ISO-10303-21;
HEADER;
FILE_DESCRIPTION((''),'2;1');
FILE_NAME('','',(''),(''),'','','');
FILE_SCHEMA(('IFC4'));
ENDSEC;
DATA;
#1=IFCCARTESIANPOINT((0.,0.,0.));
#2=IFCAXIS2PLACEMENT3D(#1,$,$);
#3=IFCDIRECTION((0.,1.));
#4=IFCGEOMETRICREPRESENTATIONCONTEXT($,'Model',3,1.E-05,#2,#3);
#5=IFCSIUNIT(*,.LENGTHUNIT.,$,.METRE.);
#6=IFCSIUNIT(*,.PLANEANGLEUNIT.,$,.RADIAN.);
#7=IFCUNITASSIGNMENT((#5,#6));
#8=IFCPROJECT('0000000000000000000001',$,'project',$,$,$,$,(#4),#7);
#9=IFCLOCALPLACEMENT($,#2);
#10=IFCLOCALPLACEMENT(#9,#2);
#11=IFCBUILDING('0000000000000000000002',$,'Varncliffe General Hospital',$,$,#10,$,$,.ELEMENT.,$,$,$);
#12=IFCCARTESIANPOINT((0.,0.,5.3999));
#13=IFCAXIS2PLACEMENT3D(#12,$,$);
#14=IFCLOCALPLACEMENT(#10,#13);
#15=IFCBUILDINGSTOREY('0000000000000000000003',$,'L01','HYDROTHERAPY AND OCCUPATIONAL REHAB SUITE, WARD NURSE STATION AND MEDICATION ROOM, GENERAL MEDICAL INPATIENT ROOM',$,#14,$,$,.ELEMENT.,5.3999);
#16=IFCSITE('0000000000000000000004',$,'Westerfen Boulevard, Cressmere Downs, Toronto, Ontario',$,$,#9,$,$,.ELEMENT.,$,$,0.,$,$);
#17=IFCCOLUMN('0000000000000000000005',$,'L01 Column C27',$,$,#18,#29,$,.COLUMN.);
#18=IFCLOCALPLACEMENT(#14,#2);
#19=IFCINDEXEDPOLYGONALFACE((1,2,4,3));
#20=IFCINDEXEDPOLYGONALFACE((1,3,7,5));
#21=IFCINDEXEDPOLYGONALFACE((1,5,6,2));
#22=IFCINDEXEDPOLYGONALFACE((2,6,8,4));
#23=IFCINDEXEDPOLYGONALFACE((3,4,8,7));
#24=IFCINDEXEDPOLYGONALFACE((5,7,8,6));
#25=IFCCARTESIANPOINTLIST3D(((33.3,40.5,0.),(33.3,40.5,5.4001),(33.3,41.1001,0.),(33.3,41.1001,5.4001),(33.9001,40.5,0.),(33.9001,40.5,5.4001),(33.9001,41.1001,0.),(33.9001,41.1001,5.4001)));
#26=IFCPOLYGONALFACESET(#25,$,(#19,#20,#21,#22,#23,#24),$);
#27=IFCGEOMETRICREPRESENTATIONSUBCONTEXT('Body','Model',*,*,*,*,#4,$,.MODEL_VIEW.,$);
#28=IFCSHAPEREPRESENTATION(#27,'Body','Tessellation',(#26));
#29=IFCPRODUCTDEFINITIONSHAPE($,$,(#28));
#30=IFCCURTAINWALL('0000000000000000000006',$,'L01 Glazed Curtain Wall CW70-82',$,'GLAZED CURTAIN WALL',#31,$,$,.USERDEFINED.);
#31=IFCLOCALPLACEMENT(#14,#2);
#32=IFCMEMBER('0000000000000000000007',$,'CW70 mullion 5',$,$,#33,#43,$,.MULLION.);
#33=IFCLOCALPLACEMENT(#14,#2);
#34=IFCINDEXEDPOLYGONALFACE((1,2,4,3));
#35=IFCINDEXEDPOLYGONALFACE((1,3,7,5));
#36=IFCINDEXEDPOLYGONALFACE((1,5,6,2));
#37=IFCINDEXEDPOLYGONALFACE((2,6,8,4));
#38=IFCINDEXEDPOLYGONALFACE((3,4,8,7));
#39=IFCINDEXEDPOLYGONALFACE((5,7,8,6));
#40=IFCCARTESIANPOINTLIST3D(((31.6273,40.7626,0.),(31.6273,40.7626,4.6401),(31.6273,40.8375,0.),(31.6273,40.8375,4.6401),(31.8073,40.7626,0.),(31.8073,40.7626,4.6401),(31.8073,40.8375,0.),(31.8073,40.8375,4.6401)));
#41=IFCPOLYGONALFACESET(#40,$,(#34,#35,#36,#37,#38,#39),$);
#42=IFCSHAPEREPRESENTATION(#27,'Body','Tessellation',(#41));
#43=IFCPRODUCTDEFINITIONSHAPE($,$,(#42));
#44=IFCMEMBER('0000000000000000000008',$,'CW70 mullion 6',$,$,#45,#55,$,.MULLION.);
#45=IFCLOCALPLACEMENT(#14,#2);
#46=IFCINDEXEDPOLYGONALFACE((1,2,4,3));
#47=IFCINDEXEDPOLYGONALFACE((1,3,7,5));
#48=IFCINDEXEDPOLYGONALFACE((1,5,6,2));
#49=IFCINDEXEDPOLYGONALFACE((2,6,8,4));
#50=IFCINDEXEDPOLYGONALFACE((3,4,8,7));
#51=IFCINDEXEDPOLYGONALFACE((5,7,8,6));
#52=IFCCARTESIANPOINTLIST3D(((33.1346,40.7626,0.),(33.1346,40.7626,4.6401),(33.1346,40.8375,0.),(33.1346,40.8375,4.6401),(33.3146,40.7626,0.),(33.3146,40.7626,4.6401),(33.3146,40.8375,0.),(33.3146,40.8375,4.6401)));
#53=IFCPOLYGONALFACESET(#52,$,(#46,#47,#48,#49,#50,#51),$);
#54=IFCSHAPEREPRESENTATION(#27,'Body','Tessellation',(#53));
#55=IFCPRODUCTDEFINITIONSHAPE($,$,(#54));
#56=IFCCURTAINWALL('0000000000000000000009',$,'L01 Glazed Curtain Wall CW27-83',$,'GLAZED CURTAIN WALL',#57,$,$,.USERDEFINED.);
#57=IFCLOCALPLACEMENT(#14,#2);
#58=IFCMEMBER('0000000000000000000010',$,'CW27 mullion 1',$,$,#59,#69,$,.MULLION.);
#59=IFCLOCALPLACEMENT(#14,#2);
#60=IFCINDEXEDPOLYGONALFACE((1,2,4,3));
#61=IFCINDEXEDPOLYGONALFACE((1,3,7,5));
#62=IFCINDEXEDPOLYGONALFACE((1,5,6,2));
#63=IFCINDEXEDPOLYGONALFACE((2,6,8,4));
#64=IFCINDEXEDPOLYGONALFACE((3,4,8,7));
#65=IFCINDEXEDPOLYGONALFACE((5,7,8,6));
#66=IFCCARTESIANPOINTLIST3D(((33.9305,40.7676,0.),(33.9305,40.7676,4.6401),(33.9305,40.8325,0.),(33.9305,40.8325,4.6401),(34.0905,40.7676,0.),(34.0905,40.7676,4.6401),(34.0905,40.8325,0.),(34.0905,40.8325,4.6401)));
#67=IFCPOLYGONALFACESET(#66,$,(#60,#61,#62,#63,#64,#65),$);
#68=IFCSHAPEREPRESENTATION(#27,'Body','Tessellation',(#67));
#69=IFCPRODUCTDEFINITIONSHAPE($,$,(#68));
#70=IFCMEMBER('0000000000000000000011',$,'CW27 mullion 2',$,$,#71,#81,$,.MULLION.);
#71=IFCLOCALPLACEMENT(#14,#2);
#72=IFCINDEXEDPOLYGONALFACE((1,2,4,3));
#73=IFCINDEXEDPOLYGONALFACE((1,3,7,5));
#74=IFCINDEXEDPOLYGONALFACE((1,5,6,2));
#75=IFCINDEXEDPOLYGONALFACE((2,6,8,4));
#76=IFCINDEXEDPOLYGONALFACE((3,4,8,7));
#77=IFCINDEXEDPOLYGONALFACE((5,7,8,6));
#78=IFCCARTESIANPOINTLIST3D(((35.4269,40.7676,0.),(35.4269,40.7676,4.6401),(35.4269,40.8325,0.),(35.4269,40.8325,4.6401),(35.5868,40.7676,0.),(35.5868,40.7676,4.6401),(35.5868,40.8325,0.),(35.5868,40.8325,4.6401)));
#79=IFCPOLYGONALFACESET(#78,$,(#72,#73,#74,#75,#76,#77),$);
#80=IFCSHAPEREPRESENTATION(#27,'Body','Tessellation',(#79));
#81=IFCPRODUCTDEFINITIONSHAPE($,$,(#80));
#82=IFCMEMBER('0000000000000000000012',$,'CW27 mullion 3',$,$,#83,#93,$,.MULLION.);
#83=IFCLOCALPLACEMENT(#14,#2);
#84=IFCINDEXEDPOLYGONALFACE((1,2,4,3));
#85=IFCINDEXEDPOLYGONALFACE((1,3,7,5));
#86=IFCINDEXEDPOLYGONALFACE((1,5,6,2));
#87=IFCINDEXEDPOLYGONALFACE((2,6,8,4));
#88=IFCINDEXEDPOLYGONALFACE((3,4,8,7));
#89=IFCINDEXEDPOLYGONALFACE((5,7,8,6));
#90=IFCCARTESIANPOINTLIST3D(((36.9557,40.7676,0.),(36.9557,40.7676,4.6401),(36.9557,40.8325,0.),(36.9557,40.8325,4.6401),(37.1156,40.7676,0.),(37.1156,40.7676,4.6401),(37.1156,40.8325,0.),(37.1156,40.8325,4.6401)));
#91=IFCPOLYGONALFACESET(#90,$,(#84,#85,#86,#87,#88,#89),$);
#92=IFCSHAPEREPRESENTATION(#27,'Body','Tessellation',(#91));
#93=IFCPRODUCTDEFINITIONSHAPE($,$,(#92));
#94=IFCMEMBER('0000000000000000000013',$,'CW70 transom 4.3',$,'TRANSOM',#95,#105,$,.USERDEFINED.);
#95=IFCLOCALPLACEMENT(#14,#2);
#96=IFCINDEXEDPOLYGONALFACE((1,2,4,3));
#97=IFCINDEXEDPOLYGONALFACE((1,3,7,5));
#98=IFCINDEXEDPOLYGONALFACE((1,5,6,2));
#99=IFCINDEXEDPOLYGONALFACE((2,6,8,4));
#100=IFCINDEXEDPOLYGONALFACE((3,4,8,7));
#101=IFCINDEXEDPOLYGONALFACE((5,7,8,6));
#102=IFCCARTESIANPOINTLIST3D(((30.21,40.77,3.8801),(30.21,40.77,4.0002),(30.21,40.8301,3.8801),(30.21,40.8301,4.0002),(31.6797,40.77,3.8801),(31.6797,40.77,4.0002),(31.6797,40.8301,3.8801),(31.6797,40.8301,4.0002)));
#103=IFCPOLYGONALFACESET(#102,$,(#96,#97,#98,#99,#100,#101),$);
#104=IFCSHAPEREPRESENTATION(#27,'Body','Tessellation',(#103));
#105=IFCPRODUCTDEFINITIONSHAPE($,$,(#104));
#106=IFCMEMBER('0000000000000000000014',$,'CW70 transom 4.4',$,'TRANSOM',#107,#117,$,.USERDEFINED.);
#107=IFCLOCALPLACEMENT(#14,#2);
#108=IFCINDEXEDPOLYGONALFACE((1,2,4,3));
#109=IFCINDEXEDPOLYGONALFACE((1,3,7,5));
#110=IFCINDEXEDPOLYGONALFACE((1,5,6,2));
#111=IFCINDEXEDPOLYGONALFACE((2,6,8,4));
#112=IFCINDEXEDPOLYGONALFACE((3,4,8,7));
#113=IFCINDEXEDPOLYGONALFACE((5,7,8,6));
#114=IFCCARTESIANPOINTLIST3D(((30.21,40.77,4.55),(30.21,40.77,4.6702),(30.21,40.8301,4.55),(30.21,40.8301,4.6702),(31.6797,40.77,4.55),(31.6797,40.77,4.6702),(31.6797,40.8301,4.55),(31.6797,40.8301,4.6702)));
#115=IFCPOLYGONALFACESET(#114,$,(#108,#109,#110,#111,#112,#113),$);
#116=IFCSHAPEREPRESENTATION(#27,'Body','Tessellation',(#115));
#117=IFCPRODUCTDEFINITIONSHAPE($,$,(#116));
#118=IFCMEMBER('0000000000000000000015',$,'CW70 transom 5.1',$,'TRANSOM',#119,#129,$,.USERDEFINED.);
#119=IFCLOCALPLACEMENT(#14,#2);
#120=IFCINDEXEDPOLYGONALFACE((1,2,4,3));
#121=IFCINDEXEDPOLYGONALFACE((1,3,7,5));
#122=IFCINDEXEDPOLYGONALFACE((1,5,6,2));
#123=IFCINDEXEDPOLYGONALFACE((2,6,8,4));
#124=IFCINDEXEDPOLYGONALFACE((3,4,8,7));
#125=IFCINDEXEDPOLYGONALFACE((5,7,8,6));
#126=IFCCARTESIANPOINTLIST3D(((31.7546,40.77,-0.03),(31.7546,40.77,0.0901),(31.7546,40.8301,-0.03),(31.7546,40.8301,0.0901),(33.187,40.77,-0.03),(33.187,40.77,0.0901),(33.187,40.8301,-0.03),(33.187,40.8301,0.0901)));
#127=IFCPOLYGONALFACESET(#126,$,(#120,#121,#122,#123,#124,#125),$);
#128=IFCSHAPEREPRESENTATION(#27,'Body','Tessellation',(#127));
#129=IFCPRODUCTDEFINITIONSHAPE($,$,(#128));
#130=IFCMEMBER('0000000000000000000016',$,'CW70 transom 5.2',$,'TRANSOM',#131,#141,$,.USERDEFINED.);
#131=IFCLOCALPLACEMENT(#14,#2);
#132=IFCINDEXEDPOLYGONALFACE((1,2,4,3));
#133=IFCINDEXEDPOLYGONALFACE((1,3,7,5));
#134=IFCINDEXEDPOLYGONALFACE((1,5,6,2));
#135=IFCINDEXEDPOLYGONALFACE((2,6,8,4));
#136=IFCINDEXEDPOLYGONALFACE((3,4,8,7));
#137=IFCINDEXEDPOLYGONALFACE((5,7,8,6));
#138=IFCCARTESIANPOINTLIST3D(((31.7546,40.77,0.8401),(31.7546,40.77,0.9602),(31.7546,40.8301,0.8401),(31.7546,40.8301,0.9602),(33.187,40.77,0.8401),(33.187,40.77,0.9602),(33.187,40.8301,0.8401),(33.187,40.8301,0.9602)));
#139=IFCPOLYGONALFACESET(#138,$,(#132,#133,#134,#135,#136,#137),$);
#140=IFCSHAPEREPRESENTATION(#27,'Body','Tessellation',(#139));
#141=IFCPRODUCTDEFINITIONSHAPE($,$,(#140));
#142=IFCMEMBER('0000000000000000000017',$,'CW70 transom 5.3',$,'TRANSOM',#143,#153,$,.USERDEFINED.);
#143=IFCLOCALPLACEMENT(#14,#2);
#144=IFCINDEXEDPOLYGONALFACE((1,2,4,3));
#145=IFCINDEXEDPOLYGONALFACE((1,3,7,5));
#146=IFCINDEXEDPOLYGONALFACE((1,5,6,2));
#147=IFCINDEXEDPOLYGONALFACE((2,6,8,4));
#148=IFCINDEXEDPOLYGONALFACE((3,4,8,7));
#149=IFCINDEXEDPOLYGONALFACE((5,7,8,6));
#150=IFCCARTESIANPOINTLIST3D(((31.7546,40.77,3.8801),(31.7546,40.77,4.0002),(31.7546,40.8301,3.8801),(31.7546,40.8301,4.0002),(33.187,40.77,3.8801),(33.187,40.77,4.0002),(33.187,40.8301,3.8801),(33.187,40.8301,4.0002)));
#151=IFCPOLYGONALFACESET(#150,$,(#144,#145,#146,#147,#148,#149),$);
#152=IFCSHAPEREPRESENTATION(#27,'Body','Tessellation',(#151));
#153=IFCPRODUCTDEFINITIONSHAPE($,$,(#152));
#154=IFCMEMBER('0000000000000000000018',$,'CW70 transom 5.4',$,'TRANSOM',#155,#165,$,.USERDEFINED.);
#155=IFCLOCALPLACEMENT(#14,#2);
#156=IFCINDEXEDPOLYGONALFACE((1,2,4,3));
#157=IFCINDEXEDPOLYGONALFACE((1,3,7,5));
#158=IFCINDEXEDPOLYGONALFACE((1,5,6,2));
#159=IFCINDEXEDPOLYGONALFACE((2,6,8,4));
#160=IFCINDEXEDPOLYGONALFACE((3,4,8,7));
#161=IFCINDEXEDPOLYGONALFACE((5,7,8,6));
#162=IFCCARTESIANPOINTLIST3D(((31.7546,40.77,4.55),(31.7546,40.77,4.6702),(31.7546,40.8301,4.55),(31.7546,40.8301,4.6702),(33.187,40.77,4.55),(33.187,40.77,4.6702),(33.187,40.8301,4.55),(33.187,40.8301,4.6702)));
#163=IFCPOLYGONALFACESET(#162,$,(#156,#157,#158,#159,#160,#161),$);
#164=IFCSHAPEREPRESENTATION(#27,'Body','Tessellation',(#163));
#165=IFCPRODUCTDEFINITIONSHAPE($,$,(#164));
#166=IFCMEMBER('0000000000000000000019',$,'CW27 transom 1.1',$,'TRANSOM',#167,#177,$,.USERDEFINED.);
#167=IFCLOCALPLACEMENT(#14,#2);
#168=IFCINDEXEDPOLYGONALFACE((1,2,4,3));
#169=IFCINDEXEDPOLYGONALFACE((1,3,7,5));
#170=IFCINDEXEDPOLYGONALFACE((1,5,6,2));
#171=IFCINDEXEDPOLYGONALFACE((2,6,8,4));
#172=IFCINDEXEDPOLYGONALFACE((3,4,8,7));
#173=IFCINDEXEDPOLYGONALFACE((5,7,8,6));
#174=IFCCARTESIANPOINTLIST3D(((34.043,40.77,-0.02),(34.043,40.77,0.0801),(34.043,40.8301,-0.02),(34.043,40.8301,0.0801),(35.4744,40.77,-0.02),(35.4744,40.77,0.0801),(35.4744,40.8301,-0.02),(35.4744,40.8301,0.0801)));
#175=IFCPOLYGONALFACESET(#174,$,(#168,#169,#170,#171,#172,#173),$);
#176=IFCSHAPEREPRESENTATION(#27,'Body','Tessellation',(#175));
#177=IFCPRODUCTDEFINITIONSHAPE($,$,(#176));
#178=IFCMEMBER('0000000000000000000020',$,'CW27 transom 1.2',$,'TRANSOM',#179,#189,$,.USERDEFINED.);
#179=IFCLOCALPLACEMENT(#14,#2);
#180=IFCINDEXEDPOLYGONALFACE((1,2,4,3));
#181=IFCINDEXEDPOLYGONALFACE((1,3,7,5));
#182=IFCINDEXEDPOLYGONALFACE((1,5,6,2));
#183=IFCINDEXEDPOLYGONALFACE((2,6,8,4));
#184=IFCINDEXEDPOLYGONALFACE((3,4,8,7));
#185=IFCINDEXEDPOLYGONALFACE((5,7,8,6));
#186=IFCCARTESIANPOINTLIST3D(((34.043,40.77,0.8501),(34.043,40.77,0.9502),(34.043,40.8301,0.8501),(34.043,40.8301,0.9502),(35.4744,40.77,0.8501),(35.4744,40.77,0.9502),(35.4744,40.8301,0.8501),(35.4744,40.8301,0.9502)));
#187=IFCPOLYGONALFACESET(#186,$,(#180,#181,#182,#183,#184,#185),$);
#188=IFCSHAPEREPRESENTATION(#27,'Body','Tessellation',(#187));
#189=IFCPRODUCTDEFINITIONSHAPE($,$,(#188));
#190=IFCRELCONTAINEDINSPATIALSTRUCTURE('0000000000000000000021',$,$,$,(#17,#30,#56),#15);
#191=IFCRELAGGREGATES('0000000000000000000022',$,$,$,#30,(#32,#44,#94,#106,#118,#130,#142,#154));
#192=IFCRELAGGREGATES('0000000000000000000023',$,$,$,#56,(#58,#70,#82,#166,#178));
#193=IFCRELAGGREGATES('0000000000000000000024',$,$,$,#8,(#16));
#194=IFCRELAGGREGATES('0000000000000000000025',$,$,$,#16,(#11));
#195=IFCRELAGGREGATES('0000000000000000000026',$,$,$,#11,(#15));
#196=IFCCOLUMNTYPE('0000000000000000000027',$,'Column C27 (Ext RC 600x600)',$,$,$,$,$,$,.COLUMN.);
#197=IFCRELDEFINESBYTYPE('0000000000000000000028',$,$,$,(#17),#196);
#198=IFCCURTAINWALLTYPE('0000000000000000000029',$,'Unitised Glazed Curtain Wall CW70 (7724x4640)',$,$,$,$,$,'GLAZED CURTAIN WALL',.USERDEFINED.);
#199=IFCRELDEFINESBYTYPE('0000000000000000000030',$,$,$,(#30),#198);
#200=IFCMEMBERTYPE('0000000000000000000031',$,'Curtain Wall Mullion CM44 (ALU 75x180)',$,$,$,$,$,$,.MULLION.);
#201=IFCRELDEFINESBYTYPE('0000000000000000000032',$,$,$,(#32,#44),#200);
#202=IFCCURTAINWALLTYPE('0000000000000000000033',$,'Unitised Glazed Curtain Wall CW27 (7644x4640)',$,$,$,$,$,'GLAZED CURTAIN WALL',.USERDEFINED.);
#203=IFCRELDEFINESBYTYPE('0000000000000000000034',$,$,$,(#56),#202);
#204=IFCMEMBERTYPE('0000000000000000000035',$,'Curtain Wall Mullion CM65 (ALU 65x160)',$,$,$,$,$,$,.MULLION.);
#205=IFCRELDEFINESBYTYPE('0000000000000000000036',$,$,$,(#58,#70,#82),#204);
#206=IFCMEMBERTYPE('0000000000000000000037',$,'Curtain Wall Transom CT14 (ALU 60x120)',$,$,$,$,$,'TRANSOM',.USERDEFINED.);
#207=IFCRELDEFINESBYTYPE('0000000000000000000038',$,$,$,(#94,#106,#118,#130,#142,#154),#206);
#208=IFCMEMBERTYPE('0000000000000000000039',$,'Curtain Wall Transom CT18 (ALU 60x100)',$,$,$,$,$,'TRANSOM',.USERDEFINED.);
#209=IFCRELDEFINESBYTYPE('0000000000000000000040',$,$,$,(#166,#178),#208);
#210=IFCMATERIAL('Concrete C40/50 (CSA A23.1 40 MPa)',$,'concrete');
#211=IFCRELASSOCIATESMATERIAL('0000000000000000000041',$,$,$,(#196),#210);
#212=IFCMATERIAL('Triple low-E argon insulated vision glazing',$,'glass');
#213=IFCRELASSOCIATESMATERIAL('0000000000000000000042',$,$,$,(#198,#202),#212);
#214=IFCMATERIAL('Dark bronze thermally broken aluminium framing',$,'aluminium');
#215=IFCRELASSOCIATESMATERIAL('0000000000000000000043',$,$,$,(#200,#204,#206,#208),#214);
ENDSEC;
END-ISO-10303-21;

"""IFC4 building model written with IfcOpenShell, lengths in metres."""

from ifc_helpers import new_model, si_unit, direction, frame, origin, origin_2d, place, context, subcontext, project, spatial, rectangle, extrude, material, material_profile, profile_set, type_object, element, aggregate, save


model = new_model("IFC4")

# Units and contexts
model_context = context("Model", 3, precision=1e-05, world=origin(), true_north=direction((0.0, 1.0)))
body_context = subcontext(model_context, "Body", "Model", "MODEL_VIEW")
ifc_project = project(units=[si_unit("LENGTHUNIT", "METRE"), si_unit("PLANEANGLEUNIT", "RADIAN")], contexts=[model_context])

# Site, building, storey
site_placement = place(None, origin())
site = spatial("IfcSite", under=ifc_project, at=site_placement, Name="Westerfen Boulevard, Cressmere Downs, Toronto, Ontario", CompositionType="ELEMENT", RefElevation=0.0)
building_placement = place(site_placement, origin())
building = spatial("IfcBuilding", under=site, at=building_placement, Name="Varncliffe General Hospital", CompositionType="ELEMENT")
storey_placement = place(building_placement, frame((0.0, 0.0, 5.3999)))
storey = spatial("IfcBuildingStorey", under=building, at=storey_placement, Name="L01", Description="HYDROTHERAPY AND OCCUPATIONAL REHAB SUITE, WARD NURSE STATION AND MEDICATION ROOM, GENERAL MEDICAL INPATIENT ROOM", CompositionType="ELEMENT", Elevation=5.3999)

# Column
ifc_material_1 = material(Name="Concrete C40/50 (CSA A23.1 40 MPa)", Category="concrete")
ifc_material_profile_1 = material_profile(ifc_material_1, rectangle(XDim=0.6001, YDim=0.6001, at=origin_2d()), Name="RC 600x600")
ifc_profile_set_1 = profile_set([ifc_material_profile_1], Name="Concrete C40/50 (CSA A23.1 40 MPa)")
column_type = type_object("IfcColumnType", Name="Column C27 (Ext RC 600x600)", PredefinedType="COLUMN", material=ifc_profile_set_1)
column_placement = place(storey_placement, frame((33.6001, 40.8, 0.0), z_axis=(0.0, 0.0, 1.0), x_axis=(1.0, 0.0, 0.0)))
element("IfcColumn", 1, at=column_placement, inside=storey, type_object=column_type, Name="L01 Column C27", PredefinedType="COLUMN", context=body_context, shape_type="SweptSolid", body=[
    extrude(rectangle(XDim=0.6001, YDim=0.6001, at=origin_2d()), origin(), (0.0, 0.0, 1.0), 5.4001),
])

# Curtain walls, members
ifc_material_2 = material(Name="Triple low-E argon insulated vision glazing", Category="glass")
curtain_wall_type_1 = type_object("IfcCurtainWallType", Name="Unitised Glazed Curtain Wall CW70 (7724x4640)", ElementType="GLAZED CURTAIN WALL", PredefinedType="USERDEFINED", material=ifc_material_2)
curtain_wall_1_placement = place(storey_placement, origin())
curtain_wall_1 = element("IfcCurtainWall", 2, at=curtain_wall_1_placement, inside=storey, type_object=curtain_wall_type_1, Name="L01 Glazed Curtain Wall CW70-82", ObjectType="GLAZED CURTAIN WALL", PredefinedType="USERDEFINED")
ifc_material_3 = material(Name="Dark bronze thermally broken aluminium framing", Category="aluminium")
ifc_material_profile_2 = material_profile(ifc_material_3, rectangle(XDim=0.075, YDim=0.1799, at=origin_2d()), Name="ALU 75x180")
ifc_profile_set_2 = profile_set([ifc_material_profile_2], Name="Dark bronze thermally broken aluminium framing")
member_type_1 = type_object("IfcMemberType", Name="Curtain Wall Mullion CM44 (ALU 75x180)", PredefinedType="MULLION", material=ifc_profile_set_2)
member_1_placement = place(storey_placement, frame((31.7173, 40.8, 0.0), z_axis=(0.0, 0.0, 1.0), x_axis=(0.0, 1.0, 0.0)))
member_1 = element("IfcMember", 3, at=member_1_placement, type_object=member_type_1, Name="CW70 mullion 5", PredefinedType="MULLION", context=body_context, shape_type="SweptSolid", body=[
    extrude(rectangle(XDim=0.075, YDim=0.1799, at=origin_2d()), origin(), (0.0, 0.0, 1.0), 4.6401),
])
member_2_placement = place(storey_placement, frame((33.2246, 40.8, 0.0), z_axis=(0.0, 0.0, 1.0), x_axis=(0.0, 1.0, 0.0)))
member_2 = element("IfcMember", 4, at=member_2_placement, type_object=member_type_1, Name="CW70 mullion 6", PredefinedType="MULLION", context=body_context, shape_type="SweptSolid", body=[
    extrude(rectangle(XDim=0.075, YDim=0.1799, at=origin_2d()), origin(), (0.0, 0.0, 1.0), 4.6401),
])
curtain_wall_type_2 = type_object("IfcCurtainWallType", Name="Unitised Glazed Curtain Wall CW27 (7644x4640)", ElementType="GLAZED CURTAIN WALL", PredefinedType="USERDEFINED", material=ifc_material_2)
curtain_wall_2_placement = place(storey_placement, origin())
curtain_wall_2 = element("IfcCurtainWall", 5, at=curtain_wall_2_placement, inside=storey, type_object=curtain_wall_type_2, Name="L01 Glazed Curtain Wall CW27-83", ObjectType="GLAZED CURTAIN WALL", PredefinedType="USERDEFINED")
ifc_material_profile_3 = material_profile(ifc_material_3, rectangle(XDim=0.0649, YDim=0.1599, at=origin_2d()), Name="ALU 65x160")
ifc_profile_set_3 = profile_set([ifc_material_profile_3], Name="Dark bronze thermally broken aluminium framing")
member_type_2 = type_object("IfcMemberType", Name="Curtain Wall Mullion CM65 (ALU 65x160)", PredefinedType="MULLION", material=ifc_profile_set_3)
member_3_placement = place(storey_placement, frame((34.0105, 40.8, 0.0), z_axis=(0.0, 0.0, 1.0), x_axis=(0.0, 1.0, 0.0)))
member_3 = element("IfcMember", 6, at=member_3_placement, type_object=member_type_2, Name="CW27 mullion 1", PredefinedType="MULLION", context=body_context, shape_type="SweptSolid", body=[
    extrude(rectangle(XDim=0.0649, YDim=0.1599, at=origin_2d()), origin(), (0.0, 0.0, 1.0), 4.6401),
])
member_4_placement = place(storey_placement, frame((35.5068, 40.8, 0.0), z_axis=(0.0, 0.0, 1.0), x_axis=(0.0, 1.0, 0.0)))
member_4 = element("IfcMember", 7, at=member_4_placement, type_object=member_type_2, Name="CW27 mullion 2", PredefinedType="MULLION", context=body_context, shape_type="SweptSolid", body=[
    extrude(rectangle(XDim=0.0649, YDim=0.1599, at=origin_2d()), origin(), (0.0, 0.0, 1.0), 4.6401),
])
member_5_placement = place(storey_placement, frame((37.0356, 40.8, 0.0), z_axis=(0.0, 0.0, 1.0), x_axis=(0.0, 1.0, 0.0)))
member_5 = element("IfcMember", 8, at=member_5_placement, type_object=member_type_2, Name="CW27 mullion 3", PredefinedType="MULLION", context=body_context, shape_type="SweptSolid", body=[
    extrude(rectangle(XDim=0.0649, YDim=0.1599, at=origin_2d()), origin(), (0.0, 0.0, 1.0), 4.6401),
])

# Members
ifc_material_profile_4 = material_profile(ifc_material_3, rectangle(XDim=0.0601, YDim=0.1201, at=origin_2d()), Name="ALU 60x120")
ifc_profile_set_4 = profile_set([ifc_material_profile_4], Name="Dark bronze thermally broken aluminium framing")
member_type_3 = type_object("IfcMemberType", Name="Curtain Wall Transom CT14 (ALU 60x120)", ElementType="TRANSOM", PredefinedType="USERDEFINED", material=ifc_profile_set_4)
member_6_placement = place(storey_placement, frame((30.21, 40.8, 3.9402), z_axis=(1.0, 0.0, 0.0), x_axis=(0.0, 1.0, 0.0)))
member_6 = element("IfcMember", 9, at=member_6_placement, type_object=member_type_3, Name="CW70 transom 4.3", ObjectType="TRANSOM", PredefinedType="USERDEFINED", context=body_context, shape_type="SweptSolid", body=[
    extrude(rectangle(XDim=0.0601, YDim=0.1201, at=origin_2d()), origin(), (0.0, 0.0, 1.0), 1.4697),
])
member_7_placement = place(storey_placement, frame((30.21, 40.8, 4.6101), z_axis=(1.0, 0.0, 0.0), x_axis=(0.0, 1.0, 0.0)))
member_7 = element("IfcMember", 10, at=member_7_placement, type_object=member_type_3, Name="CW70 transom 4.4", ObjectType="TRANSOM", PredefinedType="USERDEFINED", context=body_context, shape_type="SweptSolid", body=[
    extrude(rectangle(XDim=0.0601, YDim=0.1201, at=origin_2d()), origin(), (0.0, 0.0, 1.0), 1.4697),
])
member_8_placement = place(storey_placement, frame((31.7546, 40.8, 0.03), z_axis=(1.0, 0.0, 0.0), x_axis=(0.0, 1.0, 0.0)))
member_8 = element("IfcMember", 11, at=member_8_placement, type_object=member_type_3, Name="CW70 transom 5.1", ObjectType="TRANSOM", PredefinedType="USERDEFINED", context=body_context, shape_type="SweptSolid", body=[
    extrude(rectangle(XDim=0.0601, YDim=0.1201, at=origin_2d()), origin(), (0.0, 0.0, 1.0), 1.4324),
])
member_9_placement = place(storey_placement, frame((31.7546, 40.8, 0.9001), z_axis=(1.0, 0.0, 0.0), x_axis=(0.0, 1.0, 0.0)))
member_9 = element("IfcMember", 12, at=member_9_placement, type_object=member_type_3, Name="CW70 transom 5.2", ObjectType="TRANSOM", PredefinedType="USERDEFINED", context=body_context, shape_type="SweptSolid", body=[
    extrude(rectangle(XDim=0.0601, YDim=0.1201, at=origin_2d()), origin(), (0.0, 0.0, 1.0), 1.4324),
])
member_10_placement = place(storey_placement, frame((31.7546, 40.8, 3.9402), z_axis=(1.0, 0.0, 0.0), x_axis=(0.0, 1.0, 0.0)))
member_10 = element("IfcMember", 13, at=member_10_placement, type_object=member_type_3, Name="CW70 transom 5.3", ObjectType="TRANSOM", PredefinedType="USERDEFINED", context=body_context, shape_type="SweptSolid", body=[
    extrude(rectangle(XDim=0.0601, YDim=0.1201, at=origin_2d()), origin(), (0.0, 0.0, 1.0), 1.4324),
])
member_11_placement = place(storey_placement, frame((31.7546, 40.8, 4.6101), z_axis=(1.0, 0.0, 0.0), x_axis=(0.0, 1.0, 0.0)))
member_11 = element("IfcMember", 14, at=member_11_placement, type_object=member_type_3, Name="CW70 transom 5.4", ObjectType="TRANSOM", PredefinedType="USERDEFINED", context=body_context, shape_type="SweptSolid", body=[
    extrude(rectangle(XDim=0.0601, YDim=0.1201, at=origin_2d()), origin(), (0.0, 0.0, 1.0), 1.4324),
])
ifc_material_profile_5 = material_profile(ifc_material_3, rectangle(XDim=0.0601, YDim=0.1001, at=origin_2d()), Name="ALU 60x100")
ifc_profile_set_5 = profile_set([ifc_material_profile_5], Name="Dark bronze thermally broken aluminium framing")
member_type_4 = type_object("IfcMemberType", Name="Curtain Wall Transom CT18 (ALU 60x100)", ElementType="TRANSOM", PredefinedType="USERDEFINED", material=ifc_profile_set_5)
member_12_placement = place(storey_placement, frame((34.043, 40.8, 0.03), z_axis=(1.0, 0.0, 0.0), x_axis=(0.0, 1.0, 0.0)))
member_12 = element("IfcMember", 15, at=member_12_placement, type_object=member_type_4, Name="CW27 transom 1.1", ObjectType="TRANSOM", PredefinedType="USERDEFINED", context=body_context, shape_type="SweptSolid", body=[
    extrude(rectangle(XDim=0.0601, YDim=0.1001, at=origin_2d()), origin(), (0.0, 0.0, 1.0), 1.4314),
])
member_13_placement = place(storey_placement, frame((34.043, 40.8, 0.9001), z_axis=(1.0, 0.0, 0.0), x_axis=(0.0, 1.0, 0.0)))
member_13 = element("IfcMember", 16, at=member_13_placement, type_object=member_type_4, Name="CW27 transom 1.2", ObjectType="TRANSOM", PredefinedType="USERDEFINED", context=body_context, shape_type="SweptSolid", body=[
    extrude(rectangle(XDim=0.0601, YDim=0.1001, at=origin_2d()), origin(), (0.0, 0.0, 1.0), 1.4314),
])

aggregate(curtain_wall_1, [member_1, member_2, member_6, member_7, member_8, member_9, member_10, member_11])
aggregate(curtain_wall_2, [member_3, member_4, member_5, member_12, member_13])

save(model, "model.ifc")
